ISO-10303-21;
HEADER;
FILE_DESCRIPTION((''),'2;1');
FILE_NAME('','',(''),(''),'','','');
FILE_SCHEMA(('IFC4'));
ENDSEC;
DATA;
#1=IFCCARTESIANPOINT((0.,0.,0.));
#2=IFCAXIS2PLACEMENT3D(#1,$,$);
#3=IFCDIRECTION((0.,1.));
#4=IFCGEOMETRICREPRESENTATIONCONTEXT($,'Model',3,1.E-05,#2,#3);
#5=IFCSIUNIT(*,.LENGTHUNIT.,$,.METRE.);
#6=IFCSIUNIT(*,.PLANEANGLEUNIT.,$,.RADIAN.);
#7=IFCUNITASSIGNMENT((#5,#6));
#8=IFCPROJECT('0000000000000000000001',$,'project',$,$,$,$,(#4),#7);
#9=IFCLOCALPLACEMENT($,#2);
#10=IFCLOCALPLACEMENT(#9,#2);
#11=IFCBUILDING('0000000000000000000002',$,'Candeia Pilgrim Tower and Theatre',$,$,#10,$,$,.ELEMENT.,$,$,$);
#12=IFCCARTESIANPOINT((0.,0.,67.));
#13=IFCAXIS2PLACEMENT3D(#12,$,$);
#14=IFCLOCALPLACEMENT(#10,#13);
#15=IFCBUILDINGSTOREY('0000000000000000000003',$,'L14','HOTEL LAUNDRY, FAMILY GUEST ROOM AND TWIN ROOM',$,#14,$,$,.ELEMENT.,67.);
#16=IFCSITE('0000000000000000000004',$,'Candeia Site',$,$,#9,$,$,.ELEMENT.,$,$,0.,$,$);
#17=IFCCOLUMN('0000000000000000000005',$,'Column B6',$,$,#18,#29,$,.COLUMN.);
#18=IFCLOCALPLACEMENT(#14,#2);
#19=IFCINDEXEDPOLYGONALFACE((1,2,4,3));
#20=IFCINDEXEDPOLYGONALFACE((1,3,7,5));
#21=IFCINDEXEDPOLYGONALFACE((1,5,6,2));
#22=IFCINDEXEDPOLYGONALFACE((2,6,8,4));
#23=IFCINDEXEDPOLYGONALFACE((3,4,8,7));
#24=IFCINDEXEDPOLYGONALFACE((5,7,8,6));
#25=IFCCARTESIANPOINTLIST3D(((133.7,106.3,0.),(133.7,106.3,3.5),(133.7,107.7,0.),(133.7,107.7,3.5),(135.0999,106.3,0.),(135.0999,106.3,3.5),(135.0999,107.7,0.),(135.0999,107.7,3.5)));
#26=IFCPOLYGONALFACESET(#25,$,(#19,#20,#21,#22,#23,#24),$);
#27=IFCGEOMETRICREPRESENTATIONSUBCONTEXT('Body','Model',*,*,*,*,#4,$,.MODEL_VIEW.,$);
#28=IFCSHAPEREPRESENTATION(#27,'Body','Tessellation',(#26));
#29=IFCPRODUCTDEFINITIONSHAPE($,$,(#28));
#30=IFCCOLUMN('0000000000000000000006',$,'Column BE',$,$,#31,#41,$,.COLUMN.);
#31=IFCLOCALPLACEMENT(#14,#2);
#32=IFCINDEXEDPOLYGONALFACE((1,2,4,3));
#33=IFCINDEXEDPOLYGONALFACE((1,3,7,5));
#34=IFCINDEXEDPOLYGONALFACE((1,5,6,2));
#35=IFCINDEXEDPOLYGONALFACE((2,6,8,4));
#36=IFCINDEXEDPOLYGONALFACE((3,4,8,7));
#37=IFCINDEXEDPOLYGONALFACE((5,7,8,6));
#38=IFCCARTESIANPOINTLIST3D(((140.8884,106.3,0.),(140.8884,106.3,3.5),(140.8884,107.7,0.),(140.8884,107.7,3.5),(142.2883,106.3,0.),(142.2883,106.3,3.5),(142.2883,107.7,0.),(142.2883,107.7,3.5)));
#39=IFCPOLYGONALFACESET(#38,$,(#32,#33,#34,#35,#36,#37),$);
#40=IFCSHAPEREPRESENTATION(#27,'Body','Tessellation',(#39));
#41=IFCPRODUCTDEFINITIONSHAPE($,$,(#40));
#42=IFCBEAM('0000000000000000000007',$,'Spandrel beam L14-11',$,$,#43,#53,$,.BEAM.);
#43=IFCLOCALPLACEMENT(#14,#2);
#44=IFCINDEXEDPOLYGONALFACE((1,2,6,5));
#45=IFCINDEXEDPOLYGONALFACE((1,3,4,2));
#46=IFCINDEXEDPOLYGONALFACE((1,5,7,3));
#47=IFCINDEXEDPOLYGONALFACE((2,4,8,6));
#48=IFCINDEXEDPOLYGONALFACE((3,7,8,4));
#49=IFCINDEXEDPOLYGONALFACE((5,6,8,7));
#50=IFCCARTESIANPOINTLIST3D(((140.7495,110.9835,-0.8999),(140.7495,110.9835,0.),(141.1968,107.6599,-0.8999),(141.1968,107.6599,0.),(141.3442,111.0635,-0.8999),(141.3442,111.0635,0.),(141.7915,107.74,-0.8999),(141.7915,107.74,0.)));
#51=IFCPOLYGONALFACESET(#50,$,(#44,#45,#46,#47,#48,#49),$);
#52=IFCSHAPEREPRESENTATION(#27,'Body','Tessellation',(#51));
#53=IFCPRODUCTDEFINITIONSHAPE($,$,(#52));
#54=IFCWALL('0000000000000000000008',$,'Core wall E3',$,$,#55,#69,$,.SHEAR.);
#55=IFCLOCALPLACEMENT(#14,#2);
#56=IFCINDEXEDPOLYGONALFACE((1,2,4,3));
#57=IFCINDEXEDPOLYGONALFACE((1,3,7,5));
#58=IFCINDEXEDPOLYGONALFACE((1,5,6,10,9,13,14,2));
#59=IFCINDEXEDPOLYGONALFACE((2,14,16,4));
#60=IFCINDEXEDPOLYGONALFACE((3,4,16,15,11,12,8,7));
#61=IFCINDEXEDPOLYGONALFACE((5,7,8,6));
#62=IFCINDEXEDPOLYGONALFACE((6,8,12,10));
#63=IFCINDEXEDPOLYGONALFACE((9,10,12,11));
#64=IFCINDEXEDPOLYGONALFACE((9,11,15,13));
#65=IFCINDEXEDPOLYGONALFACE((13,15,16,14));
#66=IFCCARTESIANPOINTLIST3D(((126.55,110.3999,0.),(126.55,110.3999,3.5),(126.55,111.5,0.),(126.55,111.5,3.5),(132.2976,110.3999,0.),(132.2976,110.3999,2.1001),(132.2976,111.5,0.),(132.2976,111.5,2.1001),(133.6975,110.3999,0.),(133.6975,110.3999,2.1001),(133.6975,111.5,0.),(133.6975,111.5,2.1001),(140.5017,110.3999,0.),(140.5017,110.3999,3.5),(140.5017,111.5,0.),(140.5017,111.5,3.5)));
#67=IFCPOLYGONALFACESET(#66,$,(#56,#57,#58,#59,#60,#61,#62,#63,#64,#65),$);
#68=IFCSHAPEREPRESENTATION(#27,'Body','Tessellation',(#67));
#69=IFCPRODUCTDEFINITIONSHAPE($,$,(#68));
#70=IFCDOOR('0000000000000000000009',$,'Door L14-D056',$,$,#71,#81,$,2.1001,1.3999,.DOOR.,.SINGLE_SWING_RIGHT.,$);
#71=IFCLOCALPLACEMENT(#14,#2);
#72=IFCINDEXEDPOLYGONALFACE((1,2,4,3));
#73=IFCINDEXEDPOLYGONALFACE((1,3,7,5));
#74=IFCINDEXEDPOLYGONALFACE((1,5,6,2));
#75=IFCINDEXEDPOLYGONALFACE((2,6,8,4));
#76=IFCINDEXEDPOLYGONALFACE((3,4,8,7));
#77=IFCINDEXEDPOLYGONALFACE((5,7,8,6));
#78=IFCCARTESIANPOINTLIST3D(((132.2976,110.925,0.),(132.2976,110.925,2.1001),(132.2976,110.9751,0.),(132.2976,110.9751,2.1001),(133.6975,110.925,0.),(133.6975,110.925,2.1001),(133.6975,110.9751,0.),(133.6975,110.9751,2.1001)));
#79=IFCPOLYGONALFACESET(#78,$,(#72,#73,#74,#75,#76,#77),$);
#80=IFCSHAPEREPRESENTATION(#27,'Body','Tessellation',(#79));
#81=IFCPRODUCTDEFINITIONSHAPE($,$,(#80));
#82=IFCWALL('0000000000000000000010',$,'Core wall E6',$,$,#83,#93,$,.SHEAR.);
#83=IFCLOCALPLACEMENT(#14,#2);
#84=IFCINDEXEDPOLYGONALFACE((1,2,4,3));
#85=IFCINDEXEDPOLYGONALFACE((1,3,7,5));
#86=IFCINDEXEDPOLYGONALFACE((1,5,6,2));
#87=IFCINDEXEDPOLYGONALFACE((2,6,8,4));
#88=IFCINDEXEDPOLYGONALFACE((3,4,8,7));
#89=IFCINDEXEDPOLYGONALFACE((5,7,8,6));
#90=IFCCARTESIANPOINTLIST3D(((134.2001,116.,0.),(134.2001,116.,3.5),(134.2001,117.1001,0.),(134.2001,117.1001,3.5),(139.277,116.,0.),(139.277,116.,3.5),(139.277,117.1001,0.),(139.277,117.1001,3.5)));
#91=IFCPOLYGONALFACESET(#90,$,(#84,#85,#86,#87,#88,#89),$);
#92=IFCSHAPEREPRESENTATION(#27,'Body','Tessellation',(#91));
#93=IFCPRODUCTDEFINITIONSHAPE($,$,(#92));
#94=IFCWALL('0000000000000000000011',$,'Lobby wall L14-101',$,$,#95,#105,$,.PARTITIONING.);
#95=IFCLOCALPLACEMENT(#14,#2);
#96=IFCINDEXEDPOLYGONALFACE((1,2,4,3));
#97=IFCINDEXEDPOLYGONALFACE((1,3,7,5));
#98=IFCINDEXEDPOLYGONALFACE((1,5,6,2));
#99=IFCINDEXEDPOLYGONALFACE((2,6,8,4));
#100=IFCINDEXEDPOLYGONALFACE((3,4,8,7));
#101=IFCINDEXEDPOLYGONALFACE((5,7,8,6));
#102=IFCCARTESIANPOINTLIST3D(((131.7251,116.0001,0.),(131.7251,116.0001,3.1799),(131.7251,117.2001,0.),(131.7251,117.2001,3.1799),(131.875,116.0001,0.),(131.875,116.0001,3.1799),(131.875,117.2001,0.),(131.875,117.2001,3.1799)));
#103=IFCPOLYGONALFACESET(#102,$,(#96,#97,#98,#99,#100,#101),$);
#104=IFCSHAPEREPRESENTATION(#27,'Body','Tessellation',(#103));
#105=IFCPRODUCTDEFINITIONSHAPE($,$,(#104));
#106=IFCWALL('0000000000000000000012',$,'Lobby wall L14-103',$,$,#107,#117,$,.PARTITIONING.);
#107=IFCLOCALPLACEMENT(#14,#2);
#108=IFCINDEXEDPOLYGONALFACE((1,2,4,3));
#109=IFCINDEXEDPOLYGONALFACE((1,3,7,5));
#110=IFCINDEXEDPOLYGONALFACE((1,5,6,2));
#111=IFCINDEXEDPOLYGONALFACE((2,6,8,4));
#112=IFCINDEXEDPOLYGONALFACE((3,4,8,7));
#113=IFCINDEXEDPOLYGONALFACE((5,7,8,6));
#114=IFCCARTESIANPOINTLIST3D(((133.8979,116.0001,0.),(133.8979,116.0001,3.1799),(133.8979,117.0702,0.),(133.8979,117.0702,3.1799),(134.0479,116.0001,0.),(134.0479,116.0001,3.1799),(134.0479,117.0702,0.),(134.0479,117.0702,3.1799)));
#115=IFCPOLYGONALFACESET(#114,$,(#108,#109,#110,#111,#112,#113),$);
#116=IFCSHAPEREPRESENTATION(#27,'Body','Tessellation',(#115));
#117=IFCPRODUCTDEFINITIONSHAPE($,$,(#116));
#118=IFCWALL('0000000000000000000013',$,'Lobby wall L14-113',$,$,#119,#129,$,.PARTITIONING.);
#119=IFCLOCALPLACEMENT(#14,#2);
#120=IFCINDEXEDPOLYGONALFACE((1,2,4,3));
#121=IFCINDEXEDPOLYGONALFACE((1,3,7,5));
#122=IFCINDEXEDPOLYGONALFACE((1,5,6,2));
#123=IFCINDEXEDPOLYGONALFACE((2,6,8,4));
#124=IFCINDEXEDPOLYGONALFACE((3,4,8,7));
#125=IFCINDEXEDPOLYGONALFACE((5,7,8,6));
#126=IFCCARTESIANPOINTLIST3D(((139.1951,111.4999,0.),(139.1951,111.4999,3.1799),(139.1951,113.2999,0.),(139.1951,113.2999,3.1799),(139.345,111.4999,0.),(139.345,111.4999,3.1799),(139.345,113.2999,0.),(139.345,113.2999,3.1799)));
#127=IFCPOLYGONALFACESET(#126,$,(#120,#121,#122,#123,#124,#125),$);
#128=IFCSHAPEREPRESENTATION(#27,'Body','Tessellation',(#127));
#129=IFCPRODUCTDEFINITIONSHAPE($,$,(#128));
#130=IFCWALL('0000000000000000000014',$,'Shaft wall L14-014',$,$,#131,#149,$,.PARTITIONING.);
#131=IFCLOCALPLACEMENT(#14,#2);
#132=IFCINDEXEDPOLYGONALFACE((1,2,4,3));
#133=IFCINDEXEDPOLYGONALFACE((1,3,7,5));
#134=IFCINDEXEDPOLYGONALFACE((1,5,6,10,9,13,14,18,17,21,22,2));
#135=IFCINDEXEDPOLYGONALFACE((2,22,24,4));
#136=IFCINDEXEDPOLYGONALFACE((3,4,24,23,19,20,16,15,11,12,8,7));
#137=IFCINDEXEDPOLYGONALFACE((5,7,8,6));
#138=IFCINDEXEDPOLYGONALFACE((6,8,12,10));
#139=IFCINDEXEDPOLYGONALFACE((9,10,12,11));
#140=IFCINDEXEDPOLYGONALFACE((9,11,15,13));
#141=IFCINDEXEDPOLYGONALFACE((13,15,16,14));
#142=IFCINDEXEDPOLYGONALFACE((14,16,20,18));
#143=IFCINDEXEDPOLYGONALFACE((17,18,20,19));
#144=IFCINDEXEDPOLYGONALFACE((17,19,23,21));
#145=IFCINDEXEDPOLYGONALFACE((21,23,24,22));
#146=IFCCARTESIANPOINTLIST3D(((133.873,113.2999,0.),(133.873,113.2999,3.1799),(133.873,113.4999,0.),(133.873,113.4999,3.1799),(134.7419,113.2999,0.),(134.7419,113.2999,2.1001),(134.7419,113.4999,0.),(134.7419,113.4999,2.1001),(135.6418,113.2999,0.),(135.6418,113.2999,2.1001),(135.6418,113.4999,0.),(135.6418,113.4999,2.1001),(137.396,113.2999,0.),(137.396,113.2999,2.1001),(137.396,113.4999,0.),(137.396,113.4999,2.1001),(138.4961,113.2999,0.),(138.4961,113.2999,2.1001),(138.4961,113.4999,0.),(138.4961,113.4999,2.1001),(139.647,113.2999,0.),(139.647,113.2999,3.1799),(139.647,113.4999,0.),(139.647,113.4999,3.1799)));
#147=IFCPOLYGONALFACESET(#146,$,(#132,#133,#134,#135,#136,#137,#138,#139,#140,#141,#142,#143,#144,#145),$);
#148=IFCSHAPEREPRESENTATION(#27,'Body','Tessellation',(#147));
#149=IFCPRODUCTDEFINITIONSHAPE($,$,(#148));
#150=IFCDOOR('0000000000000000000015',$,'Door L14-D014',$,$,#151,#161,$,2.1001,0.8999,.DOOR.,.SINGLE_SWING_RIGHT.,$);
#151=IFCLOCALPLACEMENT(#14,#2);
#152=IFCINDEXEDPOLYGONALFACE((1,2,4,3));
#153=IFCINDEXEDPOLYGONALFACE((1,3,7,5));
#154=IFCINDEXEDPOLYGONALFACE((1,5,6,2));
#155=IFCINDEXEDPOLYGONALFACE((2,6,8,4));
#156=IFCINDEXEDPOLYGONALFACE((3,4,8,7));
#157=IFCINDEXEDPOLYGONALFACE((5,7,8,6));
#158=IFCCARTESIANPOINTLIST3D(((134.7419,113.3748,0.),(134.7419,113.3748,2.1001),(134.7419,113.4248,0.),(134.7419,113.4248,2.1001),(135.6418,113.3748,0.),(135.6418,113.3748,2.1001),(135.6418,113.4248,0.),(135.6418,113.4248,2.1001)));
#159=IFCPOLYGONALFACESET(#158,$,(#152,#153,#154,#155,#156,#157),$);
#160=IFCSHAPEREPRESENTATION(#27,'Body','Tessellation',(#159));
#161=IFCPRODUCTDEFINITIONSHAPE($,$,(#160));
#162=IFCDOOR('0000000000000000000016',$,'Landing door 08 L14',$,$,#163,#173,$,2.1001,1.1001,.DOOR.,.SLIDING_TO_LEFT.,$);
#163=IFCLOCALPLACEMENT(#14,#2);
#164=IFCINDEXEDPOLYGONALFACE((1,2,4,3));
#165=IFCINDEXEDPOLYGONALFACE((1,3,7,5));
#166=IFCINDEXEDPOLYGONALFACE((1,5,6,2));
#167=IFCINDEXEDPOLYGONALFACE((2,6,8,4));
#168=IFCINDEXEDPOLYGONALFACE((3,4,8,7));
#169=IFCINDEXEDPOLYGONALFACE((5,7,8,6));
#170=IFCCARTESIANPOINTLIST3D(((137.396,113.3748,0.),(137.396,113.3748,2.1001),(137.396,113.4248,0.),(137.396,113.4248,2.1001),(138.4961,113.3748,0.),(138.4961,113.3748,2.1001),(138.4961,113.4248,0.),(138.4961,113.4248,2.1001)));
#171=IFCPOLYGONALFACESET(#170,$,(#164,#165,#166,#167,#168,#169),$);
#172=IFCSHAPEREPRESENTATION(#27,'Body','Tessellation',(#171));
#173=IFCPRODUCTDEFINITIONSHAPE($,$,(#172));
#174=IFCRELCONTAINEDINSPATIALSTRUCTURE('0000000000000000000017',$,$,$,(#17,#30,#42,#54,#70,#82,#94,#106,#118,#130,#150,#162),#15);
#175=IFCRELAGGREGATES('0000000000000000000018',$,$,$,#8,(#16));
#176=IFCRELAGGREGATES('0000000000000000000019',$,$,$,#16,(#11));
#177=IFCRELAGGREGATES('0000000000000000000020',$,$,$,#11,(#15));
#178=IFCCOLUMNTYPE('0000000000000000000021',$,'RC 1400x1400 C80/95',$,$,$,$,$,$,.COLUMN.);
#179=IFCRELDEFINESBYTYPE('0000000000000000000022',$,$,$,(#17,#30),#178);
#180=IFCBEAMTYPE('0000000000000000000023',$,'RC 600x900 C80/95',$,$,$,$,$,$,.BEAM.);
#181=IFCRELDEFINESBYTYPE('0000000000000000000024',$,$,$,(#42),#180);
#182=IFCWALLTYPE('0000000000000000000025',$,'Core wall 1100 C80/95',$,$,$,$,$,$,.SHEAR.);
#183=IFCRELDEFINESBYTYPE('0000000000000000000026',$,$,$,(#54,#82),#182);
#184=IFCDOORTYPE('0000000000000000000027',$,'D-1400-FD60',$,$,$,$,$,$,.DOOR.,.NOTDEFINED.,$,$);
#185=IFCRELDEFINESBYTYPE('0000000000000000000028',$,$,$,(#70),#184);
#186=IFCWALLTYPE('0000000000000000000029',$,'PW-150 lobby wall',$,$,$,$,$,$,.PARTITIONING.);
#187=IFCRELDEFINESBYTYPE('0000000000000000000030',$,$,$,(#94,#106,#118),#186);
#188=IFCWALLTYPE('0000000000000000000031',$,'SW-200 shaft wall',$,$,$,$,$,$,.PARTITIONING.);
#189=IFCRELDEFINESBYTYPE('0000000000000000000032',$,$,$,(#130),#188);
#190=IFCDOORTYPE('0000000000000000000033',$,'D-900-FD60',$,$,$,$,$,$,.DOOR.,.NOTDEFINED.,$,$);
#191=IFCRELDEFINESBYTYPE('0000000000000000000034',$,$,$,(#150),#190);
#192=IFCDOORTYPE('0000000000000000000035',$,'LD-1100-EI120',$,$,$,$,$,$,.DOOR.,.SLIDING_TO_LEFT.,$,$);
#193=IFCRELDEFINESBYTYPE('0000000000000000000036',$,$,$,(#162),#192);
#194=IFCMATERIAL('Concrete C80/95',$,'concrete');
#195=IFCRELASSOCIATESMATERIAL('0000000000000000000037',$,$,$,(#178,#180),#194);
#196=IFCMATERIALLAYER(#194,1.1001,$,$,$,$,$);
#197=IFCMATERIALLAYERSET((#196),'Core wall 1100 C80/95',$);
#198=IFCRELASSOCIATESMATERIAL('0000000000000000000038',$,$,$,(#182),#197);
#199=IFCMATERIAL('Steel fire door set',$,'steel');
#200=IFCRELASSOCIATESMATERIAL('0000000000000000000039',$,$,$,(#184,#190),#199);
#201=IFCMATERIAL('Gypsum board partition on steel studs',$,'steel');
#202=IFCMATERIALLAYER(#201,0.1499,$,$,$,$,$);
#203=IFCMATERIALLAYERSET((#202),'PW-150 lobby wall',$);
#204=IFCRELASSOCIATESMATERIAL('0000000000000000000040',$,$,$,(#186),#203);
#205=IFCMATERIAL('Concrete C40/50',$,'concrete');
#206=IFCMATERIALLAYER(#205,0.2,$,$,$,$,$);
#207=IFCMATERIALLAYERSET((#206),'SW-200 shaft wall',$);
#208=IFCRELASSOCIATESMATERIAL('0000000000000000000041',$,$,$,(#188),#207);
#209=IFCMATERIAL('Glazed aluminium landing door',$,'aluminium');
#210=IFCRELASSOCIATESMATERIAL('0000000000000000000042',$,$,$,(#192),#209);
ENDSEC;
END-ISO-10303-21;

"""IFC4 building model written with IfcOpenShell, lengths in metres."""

from ifc_helpers import new_model, si_unit, direction, frame, frame_2d, origin, origin_2d, place, context, subcontext, project, spatial, rectangle, extrude, material, layer, layer_set, material_profile, profile_set, type_object, element, fill, save


model = new_model("IFC4")

# Units and contexts
model_context = context("Model", 3, precision=1e-05, world=origin(), true_north=direction((0.0, 1.0)))
body_context = subcontext(model_context, "Body", "Model", "MODEL_VIEW")
ifc_project = project(units=[si_unit("LENGTHUNIT", "METRE"), si_unit("PLANEANGLEUNIT", "RADIAN")], contexts=[model_context])

# Site, building, storey
site_placement = place(None, origin())
site = spatial("IfcSite", under=ifc_project, at=site_placement, Name="Candeia Site", CompositionType="ELEMENT", RefElevation=0.0)
building_placement = place(site_placement, origin())
building = spatial("IfcBuilding", under=site, at=building_placement, Name="Candeia Pilgrim Tower and Theatre", CompositionType="ELEMENT")
storey_placement = place(building_placement, frame((0.0, 0.0, 67.0)))
storey = spatial("IfcBuildingStorey", under=building, at=storey_placement, Name="L14", Description="HOTEL LAUNDRY, FAMILY GUEST ROOM AND TWIN ROOM", CompositionType="ELEMENT", Elevation=67.0)

# Columns
ifc_material_1 = material(Name="Concrete C80/95", Category="concrete")
ifc_material_profile_1 = material_profile(ifc_material_1, rectangle(XDim=1.3999, YDim=1.3999, at=origin_2d()))
ifc_profile_set_1 = profile_set([ifc_material_profile_1], Name="Concrete C80/95")
column_type = type_object("IfcColumnType", Name="RC 1400x1400 C80/95", PredefinedType="COLUMN", material=ifc_profile_set_1)
for number, where, z_axis, x_axis, name in (
    (1, (134.3999, 107.0, 0.0), (0.0, 0.0, 1.0), (1.0, 0.0, 0.0), "Column B6"),
    (2, (141.5884, 107.0, 0.0), (0.0, 0.0, 1.0), (1.0, 0.0, 0.0), "Column BE"),
):
    element("IfcColumn", number, at=place(storey_placement, frame(where, z_axis=z_axis, x_axis=x_axis)), inside=storey, type_object=column_type, Name=name, PredefinedType="COLUMN", context=body_context, shape_type="SweptSolid", body=[
        extrude(rectangle(XDim=1.3999, YDim=1.3999, at=origin_2d()), origin(), (0.0, 0.0, 1.0), 3.5),
    ])

# Beam
ifc_material_profile_2 = material_profile(ifc_material_1, rectangle(XDim=0.6001, YDim=0.8999, at=origin_2d()))
ifc_profile_set_2 = profile_set([ifc_material_profile_2], Name="Concrete C80/95")
beam_type = type_object("IfcBeamType", Name="RC 600x900 C80/95", PredefinedType="BEAM", material=ifc_profile_set_2)
beam_placement = place(storey_placement, frame((141.4941, 107.7, -0.45), z_axis=(-0.133375, 0.991066, 0.0), x_axis=(-0.991066, -0.133375, 0.0)))
element("IfcBeam", 3, at=beam_placement, inside=storey, type_object=beam_type, Name="Spandrel beam L14-11", PredefinedType="BEAM", context=body_context, shape_type="SweptSolid", body=[
    extrude(rectangle(XDim=0.6001, YDim=0.8999, at=origin_2d()), origin(), (0.0, 0.0, 1.0), 3.3535),
])

# Wall, opening, door
ifc_layer_1 = layer(ifc_material_1, 1.1001)
ifc_layer_set_1 = layer_set([ifc_layer_1], Name="Core wall 1100 C80/95")
wall_type_1 = type_object("IfcWallType", Name="Core wall 1100 C80/95", PredefinedType="SHEAR", material=ifc_layer_set_1)
wall_1_placement = place(storey_placement, frame((140.5017, 110.95, 0.0), z_axis=(0.0, 0.0, 1.0), x_axis=(-1.0, 0.0, 0.0)))
wall_1 = element("IfcWall", 4, at=wall_1_placement, inside=storey, type_object=wall_type_1, Name="Core wall E3", PredefinedType="SHEAR", context=body_context, shape_type="SweptSolid", body=[
    extrude(rectangle(XDim=13.9517, YDim=1.1001, at=frame_2d((6.9758, 0.0))), origin(), (0.0, 0.0, 1.0), 3.5),
])
opening_1_placement = place(wall_1_placement, frame((6.8042, 0.0, 0.0)))
opening_1 = element("IfcOpeningElement", 5, at=opening_1_placement, cuts=wall_1, PredefinedType="OPENING", context=body_context, shape_type="SweptSolid", body=[
    extrude(rectangle(XDim=1.3999, YDim=2.1001, at=frame_2d((0.7, 1.05))), frame((0.0, 0.5601, 0.0), z_axis=(0.0, -1.0, 0.0), x_axis=(1.0, 0.0, 0.0)), (0.0, 0.0, 1.0), 1.1201),
])
ifc_material_2 = material(Name="Steel fire door set", Category="steel")
door_type_1 = type_object("IfcDoorType", Name="D-1400-FD60", OperationType="NOTDEFINED", PredefinedType="DOOR", material=ifc_material_2)
door_1_placement = place(opening_1_placement, origin())
door_1 = element("IfcDoor", 6, at=door_1_placement, inside=storey, type_object=door_type_1, Name="Door L14-D056", OperationType="SINGLE_SWING_RIGHT", OverallHeight=2.1001, OverallWidth=1.3999, PredefinedType="DOOR", context=body_context, shape_type="SweptSolid", body=[
    extrude(rectangle(XDim=1.3999, YDim=2.1001, at=frame_2d((0.7, 1.05))), frame((0.0, 0.0249, 0.0), z_axis=(0.0, -1.0, 0.0), x_axis=(1.0, 0.0, 0.0)), (0.0, 0.0, 1.0), 0.05),
])
fill(opening_1, door_1)

# Walls
wall_2_placement = place(storey_placement, frame((134.2, 116.55, 0.0), z_axis=(0.0, 0.0, 1.0), x_axis=(1.0, 0.0, 0.0)))
element("IfcWall", 7, at=wall_2_placement, inside=storey, type_object=wall_type_1, Name="Core wall E6", PredefinedType="SHEAR", context=body_context, shape_type="SweptSolid", body=[
    extrude(rectangle(XDim=5.0769, YDim=1.1001, at=frame_2d((2.5386, 0.0))), origin(), (0.0, 0.0, 1.0), 3.5),
])
ifc_material_3 = material(Name="Gypsum board partition on steel studs", Category="steel")
ifc_layer_2 = layer(ifc_material_3, 0.1499)
ifc_layer_set_2 = layer_set([ifc_layer_2], Name="PW-150 lobby wall")
wall_type_2 = type_object("IfcWallType", Name="PW-150 lobby wall", PredefinedType="PARTITIONING", material=ifc_layer_set_2)
wall_3_placement = place(storey_placement, frame((131.8, 116.0, 0.0), z_axis=(0.0, 0.0, 1.0), x_axis=(0.0, 1.0, 0.0)))
element("IfcWall", 8, at=wall_3_placement, inside=storey, type_object=wall_type_2, Name="Lobby wall L14-101", PredefinedType="PARTITIONING", context=body_context, shape_type="SweptSolid", body=[
    extrude(rectangle(XDim=1.2, YDim=0.1499, at=frame_2d((0.6001, 0.0))), origin(), (0.0, 0.0, 1.0), 3.1799),
])
wall_4_placement = place(storey_placement, frame((133.9729, 116.0, 0.0), z_axis=(0.0, 0.0, 1.0), x_axis=(0.0, 1.0, 0.0)))
element("IfcWall", 9, at=wall_4_placement, inside=storey, type_object=wall_type_2, Name="Lobby wall L14-103", PredefinedType="PARTITIONING", context=body_context, shape_type="SweptSolid", body=[
    extrude(rectangle(XDim=1.0701, YDim=0.1499, at=frame_2d((0.5352, 0.0))), origin(), (0.0, 0.0, 1.0), 3.1799),
])
wall_5_placement = place(storey_placement, frame((139.27, 111.5, 0.0), z_axis=(0.0, 0.0, 1.0), x_axis=(0.0, 1.0, 0.0)))
element("IfcWall", 10, at=wall_5_placement, inside=storey, type_object=wall_type_2, Name="Lobby wall L14-113", PredefinedType="PARTITIONING", context=body_context, shape_type="SweptSolid", body=[
    extrude(rectangle(XDim=1.8, YDim=0.1499, at=frame_2d((0.8999, 0.0))), origin(), (0.0, 0.0, 1.0), 3.1799),
])

# Wall, openings, doors
ifc_material_4 = material(Name="Concrete C40/50", Category="concrete")
ifc_layer_3 = layer(ifc_material_4, 0.2)
ifc_layer_set_3 = layer_set([ifc_layer_3], Name="SW-200 shaft wall")
wall_type_3 = type_object("IfcWallType", Name="SW-200 shaft wall", PredefinedType="PARTITIONING", material=ifc_layer_set_3)
wall_6_placement = place(storey_placement, frame((133.873, 113.3999, 0.0), z_axis=(0.0, 0.0, 1.0), x_axis=(1.0, 0.0, 0.0)))
wall_6 = element("IfcWall", 11, at=wall_6_placement, inside=storey, type_object=wall_type_3, Name="Shaft wall L14-014", PredefinedType="PARTITIONING", context=body_context, shape_type="SweptSolid", body=[
    extrude(rectangle(XDim=5.7739, YDim=0.2, at=frame_2d((2.887, 0.0))), origin(), (0.0, 0.0, 1.0), 3.1799),
])
opening_2_placement = place(wall_6_placement, frame((3.5229, 0.0, 0.0)))
opening_2 = element("IfcOpeningElement", 12, at=opening_2_placement, cuts=wall_6, PredefinedType="OPENING", context=body_context, shape_type="SweptSolid", body=[
    extrude(rectangle(XDim=1.1001, YDim=2.1001, at=frame_2d((0.55, 1.05))), frame((0.0, 0.1099, 0.0), z_axis=(0.0, -1.0, 0.0), x_axis=(1.0, 0.0, 0.0)), (0.0, 0.0, 1.0), 0.22),
])
opening_3_placement = place(wall_6_placement, frame((0.8689, 0.0, 0.0)))
opening_3 = element("IfcOpeningElement", 13, at=opening_3_placement, cuts=wall_6, PredefinedType="OPENING", context=body_context, shape_type="SweptSolid", body=[
    extrude(rectangle(XDim=0.8999, YDim=2.1001, at=frame_2d((0.45, 1.05))), frame((0.0, 0.1099, 0.0), z_axis=(0.0, -1.0, 0.0), x_axis=(1.0, 0.0, 0.0)), (0.0, 0.0, 1.0), 0.22),
])
door_type_2 = type_object("IfcDoorType", Name="D-900-FD60", OperationType="NOTDEFINED", PredefinedType="DOOR", material=ifc_material_2)
door_2_placement = place(opening_3_placement, origin())
door_2 = element("IfcDoor", 14, at=door_2_placement, inside=storey, type_object=door_type_2, Name="Door L14-D014", OperationType="SINGLE_SWING_RIGHT", OverallHeight=2.1001, OverallWidth=0.8999, PredefinedType="DOOR", context=body_context, shape_type="SweptSolid", body=[
    extrude(rectangle(XDim=0.8999, YDim=2.1001, at=frame_2d((0.45, 1.05))), frame((0.0, 0.0249, 0.0), z_axis=(0.0, -1.0, 0.0), x_axis=(1.0, 0.0, 0.0)), (0.0, 0.0, 1.0), 0.05),
])
fill(opening_3, door_2)
ifc_material_5 = material(Name="Glazed aluminium landing door", Category="aluminium")
door_type_3 = type_object("IfcDoorType", Name="LD-1100-EI120", OperationType="SLIDING_TO_LEFT", PredefinedType="DOOR", material=ifc_material_5)
door_3_placement = place(opening_2_placement, origin())
door_3 = element("IfcDoor", 15, at=door_3_placement, inside=storey, type_object=door_type_3, Name="Landing door 08 L14", OperationType="SLIDING_TO_LEFT", OverallHeight=2.1001, OverallWidth=1.1001, PredefinedType="DOOR", context=body_context, shape_type="SweptSolid", body=[
    extrude(rectangle(XDim=1.1001, YDim=2.1001, at=frame_2d((0.55, 1.05))), frame((0.0, 0.0249, 0.0), z_axis=(0.0, -1.0, 0.0), x_axis=(1.0, 0.0, 0.0)), (0.0, 0.0, 1.0), 0.05),
])
fill(opening_2, door_3)

save(model, "model.ifc")
